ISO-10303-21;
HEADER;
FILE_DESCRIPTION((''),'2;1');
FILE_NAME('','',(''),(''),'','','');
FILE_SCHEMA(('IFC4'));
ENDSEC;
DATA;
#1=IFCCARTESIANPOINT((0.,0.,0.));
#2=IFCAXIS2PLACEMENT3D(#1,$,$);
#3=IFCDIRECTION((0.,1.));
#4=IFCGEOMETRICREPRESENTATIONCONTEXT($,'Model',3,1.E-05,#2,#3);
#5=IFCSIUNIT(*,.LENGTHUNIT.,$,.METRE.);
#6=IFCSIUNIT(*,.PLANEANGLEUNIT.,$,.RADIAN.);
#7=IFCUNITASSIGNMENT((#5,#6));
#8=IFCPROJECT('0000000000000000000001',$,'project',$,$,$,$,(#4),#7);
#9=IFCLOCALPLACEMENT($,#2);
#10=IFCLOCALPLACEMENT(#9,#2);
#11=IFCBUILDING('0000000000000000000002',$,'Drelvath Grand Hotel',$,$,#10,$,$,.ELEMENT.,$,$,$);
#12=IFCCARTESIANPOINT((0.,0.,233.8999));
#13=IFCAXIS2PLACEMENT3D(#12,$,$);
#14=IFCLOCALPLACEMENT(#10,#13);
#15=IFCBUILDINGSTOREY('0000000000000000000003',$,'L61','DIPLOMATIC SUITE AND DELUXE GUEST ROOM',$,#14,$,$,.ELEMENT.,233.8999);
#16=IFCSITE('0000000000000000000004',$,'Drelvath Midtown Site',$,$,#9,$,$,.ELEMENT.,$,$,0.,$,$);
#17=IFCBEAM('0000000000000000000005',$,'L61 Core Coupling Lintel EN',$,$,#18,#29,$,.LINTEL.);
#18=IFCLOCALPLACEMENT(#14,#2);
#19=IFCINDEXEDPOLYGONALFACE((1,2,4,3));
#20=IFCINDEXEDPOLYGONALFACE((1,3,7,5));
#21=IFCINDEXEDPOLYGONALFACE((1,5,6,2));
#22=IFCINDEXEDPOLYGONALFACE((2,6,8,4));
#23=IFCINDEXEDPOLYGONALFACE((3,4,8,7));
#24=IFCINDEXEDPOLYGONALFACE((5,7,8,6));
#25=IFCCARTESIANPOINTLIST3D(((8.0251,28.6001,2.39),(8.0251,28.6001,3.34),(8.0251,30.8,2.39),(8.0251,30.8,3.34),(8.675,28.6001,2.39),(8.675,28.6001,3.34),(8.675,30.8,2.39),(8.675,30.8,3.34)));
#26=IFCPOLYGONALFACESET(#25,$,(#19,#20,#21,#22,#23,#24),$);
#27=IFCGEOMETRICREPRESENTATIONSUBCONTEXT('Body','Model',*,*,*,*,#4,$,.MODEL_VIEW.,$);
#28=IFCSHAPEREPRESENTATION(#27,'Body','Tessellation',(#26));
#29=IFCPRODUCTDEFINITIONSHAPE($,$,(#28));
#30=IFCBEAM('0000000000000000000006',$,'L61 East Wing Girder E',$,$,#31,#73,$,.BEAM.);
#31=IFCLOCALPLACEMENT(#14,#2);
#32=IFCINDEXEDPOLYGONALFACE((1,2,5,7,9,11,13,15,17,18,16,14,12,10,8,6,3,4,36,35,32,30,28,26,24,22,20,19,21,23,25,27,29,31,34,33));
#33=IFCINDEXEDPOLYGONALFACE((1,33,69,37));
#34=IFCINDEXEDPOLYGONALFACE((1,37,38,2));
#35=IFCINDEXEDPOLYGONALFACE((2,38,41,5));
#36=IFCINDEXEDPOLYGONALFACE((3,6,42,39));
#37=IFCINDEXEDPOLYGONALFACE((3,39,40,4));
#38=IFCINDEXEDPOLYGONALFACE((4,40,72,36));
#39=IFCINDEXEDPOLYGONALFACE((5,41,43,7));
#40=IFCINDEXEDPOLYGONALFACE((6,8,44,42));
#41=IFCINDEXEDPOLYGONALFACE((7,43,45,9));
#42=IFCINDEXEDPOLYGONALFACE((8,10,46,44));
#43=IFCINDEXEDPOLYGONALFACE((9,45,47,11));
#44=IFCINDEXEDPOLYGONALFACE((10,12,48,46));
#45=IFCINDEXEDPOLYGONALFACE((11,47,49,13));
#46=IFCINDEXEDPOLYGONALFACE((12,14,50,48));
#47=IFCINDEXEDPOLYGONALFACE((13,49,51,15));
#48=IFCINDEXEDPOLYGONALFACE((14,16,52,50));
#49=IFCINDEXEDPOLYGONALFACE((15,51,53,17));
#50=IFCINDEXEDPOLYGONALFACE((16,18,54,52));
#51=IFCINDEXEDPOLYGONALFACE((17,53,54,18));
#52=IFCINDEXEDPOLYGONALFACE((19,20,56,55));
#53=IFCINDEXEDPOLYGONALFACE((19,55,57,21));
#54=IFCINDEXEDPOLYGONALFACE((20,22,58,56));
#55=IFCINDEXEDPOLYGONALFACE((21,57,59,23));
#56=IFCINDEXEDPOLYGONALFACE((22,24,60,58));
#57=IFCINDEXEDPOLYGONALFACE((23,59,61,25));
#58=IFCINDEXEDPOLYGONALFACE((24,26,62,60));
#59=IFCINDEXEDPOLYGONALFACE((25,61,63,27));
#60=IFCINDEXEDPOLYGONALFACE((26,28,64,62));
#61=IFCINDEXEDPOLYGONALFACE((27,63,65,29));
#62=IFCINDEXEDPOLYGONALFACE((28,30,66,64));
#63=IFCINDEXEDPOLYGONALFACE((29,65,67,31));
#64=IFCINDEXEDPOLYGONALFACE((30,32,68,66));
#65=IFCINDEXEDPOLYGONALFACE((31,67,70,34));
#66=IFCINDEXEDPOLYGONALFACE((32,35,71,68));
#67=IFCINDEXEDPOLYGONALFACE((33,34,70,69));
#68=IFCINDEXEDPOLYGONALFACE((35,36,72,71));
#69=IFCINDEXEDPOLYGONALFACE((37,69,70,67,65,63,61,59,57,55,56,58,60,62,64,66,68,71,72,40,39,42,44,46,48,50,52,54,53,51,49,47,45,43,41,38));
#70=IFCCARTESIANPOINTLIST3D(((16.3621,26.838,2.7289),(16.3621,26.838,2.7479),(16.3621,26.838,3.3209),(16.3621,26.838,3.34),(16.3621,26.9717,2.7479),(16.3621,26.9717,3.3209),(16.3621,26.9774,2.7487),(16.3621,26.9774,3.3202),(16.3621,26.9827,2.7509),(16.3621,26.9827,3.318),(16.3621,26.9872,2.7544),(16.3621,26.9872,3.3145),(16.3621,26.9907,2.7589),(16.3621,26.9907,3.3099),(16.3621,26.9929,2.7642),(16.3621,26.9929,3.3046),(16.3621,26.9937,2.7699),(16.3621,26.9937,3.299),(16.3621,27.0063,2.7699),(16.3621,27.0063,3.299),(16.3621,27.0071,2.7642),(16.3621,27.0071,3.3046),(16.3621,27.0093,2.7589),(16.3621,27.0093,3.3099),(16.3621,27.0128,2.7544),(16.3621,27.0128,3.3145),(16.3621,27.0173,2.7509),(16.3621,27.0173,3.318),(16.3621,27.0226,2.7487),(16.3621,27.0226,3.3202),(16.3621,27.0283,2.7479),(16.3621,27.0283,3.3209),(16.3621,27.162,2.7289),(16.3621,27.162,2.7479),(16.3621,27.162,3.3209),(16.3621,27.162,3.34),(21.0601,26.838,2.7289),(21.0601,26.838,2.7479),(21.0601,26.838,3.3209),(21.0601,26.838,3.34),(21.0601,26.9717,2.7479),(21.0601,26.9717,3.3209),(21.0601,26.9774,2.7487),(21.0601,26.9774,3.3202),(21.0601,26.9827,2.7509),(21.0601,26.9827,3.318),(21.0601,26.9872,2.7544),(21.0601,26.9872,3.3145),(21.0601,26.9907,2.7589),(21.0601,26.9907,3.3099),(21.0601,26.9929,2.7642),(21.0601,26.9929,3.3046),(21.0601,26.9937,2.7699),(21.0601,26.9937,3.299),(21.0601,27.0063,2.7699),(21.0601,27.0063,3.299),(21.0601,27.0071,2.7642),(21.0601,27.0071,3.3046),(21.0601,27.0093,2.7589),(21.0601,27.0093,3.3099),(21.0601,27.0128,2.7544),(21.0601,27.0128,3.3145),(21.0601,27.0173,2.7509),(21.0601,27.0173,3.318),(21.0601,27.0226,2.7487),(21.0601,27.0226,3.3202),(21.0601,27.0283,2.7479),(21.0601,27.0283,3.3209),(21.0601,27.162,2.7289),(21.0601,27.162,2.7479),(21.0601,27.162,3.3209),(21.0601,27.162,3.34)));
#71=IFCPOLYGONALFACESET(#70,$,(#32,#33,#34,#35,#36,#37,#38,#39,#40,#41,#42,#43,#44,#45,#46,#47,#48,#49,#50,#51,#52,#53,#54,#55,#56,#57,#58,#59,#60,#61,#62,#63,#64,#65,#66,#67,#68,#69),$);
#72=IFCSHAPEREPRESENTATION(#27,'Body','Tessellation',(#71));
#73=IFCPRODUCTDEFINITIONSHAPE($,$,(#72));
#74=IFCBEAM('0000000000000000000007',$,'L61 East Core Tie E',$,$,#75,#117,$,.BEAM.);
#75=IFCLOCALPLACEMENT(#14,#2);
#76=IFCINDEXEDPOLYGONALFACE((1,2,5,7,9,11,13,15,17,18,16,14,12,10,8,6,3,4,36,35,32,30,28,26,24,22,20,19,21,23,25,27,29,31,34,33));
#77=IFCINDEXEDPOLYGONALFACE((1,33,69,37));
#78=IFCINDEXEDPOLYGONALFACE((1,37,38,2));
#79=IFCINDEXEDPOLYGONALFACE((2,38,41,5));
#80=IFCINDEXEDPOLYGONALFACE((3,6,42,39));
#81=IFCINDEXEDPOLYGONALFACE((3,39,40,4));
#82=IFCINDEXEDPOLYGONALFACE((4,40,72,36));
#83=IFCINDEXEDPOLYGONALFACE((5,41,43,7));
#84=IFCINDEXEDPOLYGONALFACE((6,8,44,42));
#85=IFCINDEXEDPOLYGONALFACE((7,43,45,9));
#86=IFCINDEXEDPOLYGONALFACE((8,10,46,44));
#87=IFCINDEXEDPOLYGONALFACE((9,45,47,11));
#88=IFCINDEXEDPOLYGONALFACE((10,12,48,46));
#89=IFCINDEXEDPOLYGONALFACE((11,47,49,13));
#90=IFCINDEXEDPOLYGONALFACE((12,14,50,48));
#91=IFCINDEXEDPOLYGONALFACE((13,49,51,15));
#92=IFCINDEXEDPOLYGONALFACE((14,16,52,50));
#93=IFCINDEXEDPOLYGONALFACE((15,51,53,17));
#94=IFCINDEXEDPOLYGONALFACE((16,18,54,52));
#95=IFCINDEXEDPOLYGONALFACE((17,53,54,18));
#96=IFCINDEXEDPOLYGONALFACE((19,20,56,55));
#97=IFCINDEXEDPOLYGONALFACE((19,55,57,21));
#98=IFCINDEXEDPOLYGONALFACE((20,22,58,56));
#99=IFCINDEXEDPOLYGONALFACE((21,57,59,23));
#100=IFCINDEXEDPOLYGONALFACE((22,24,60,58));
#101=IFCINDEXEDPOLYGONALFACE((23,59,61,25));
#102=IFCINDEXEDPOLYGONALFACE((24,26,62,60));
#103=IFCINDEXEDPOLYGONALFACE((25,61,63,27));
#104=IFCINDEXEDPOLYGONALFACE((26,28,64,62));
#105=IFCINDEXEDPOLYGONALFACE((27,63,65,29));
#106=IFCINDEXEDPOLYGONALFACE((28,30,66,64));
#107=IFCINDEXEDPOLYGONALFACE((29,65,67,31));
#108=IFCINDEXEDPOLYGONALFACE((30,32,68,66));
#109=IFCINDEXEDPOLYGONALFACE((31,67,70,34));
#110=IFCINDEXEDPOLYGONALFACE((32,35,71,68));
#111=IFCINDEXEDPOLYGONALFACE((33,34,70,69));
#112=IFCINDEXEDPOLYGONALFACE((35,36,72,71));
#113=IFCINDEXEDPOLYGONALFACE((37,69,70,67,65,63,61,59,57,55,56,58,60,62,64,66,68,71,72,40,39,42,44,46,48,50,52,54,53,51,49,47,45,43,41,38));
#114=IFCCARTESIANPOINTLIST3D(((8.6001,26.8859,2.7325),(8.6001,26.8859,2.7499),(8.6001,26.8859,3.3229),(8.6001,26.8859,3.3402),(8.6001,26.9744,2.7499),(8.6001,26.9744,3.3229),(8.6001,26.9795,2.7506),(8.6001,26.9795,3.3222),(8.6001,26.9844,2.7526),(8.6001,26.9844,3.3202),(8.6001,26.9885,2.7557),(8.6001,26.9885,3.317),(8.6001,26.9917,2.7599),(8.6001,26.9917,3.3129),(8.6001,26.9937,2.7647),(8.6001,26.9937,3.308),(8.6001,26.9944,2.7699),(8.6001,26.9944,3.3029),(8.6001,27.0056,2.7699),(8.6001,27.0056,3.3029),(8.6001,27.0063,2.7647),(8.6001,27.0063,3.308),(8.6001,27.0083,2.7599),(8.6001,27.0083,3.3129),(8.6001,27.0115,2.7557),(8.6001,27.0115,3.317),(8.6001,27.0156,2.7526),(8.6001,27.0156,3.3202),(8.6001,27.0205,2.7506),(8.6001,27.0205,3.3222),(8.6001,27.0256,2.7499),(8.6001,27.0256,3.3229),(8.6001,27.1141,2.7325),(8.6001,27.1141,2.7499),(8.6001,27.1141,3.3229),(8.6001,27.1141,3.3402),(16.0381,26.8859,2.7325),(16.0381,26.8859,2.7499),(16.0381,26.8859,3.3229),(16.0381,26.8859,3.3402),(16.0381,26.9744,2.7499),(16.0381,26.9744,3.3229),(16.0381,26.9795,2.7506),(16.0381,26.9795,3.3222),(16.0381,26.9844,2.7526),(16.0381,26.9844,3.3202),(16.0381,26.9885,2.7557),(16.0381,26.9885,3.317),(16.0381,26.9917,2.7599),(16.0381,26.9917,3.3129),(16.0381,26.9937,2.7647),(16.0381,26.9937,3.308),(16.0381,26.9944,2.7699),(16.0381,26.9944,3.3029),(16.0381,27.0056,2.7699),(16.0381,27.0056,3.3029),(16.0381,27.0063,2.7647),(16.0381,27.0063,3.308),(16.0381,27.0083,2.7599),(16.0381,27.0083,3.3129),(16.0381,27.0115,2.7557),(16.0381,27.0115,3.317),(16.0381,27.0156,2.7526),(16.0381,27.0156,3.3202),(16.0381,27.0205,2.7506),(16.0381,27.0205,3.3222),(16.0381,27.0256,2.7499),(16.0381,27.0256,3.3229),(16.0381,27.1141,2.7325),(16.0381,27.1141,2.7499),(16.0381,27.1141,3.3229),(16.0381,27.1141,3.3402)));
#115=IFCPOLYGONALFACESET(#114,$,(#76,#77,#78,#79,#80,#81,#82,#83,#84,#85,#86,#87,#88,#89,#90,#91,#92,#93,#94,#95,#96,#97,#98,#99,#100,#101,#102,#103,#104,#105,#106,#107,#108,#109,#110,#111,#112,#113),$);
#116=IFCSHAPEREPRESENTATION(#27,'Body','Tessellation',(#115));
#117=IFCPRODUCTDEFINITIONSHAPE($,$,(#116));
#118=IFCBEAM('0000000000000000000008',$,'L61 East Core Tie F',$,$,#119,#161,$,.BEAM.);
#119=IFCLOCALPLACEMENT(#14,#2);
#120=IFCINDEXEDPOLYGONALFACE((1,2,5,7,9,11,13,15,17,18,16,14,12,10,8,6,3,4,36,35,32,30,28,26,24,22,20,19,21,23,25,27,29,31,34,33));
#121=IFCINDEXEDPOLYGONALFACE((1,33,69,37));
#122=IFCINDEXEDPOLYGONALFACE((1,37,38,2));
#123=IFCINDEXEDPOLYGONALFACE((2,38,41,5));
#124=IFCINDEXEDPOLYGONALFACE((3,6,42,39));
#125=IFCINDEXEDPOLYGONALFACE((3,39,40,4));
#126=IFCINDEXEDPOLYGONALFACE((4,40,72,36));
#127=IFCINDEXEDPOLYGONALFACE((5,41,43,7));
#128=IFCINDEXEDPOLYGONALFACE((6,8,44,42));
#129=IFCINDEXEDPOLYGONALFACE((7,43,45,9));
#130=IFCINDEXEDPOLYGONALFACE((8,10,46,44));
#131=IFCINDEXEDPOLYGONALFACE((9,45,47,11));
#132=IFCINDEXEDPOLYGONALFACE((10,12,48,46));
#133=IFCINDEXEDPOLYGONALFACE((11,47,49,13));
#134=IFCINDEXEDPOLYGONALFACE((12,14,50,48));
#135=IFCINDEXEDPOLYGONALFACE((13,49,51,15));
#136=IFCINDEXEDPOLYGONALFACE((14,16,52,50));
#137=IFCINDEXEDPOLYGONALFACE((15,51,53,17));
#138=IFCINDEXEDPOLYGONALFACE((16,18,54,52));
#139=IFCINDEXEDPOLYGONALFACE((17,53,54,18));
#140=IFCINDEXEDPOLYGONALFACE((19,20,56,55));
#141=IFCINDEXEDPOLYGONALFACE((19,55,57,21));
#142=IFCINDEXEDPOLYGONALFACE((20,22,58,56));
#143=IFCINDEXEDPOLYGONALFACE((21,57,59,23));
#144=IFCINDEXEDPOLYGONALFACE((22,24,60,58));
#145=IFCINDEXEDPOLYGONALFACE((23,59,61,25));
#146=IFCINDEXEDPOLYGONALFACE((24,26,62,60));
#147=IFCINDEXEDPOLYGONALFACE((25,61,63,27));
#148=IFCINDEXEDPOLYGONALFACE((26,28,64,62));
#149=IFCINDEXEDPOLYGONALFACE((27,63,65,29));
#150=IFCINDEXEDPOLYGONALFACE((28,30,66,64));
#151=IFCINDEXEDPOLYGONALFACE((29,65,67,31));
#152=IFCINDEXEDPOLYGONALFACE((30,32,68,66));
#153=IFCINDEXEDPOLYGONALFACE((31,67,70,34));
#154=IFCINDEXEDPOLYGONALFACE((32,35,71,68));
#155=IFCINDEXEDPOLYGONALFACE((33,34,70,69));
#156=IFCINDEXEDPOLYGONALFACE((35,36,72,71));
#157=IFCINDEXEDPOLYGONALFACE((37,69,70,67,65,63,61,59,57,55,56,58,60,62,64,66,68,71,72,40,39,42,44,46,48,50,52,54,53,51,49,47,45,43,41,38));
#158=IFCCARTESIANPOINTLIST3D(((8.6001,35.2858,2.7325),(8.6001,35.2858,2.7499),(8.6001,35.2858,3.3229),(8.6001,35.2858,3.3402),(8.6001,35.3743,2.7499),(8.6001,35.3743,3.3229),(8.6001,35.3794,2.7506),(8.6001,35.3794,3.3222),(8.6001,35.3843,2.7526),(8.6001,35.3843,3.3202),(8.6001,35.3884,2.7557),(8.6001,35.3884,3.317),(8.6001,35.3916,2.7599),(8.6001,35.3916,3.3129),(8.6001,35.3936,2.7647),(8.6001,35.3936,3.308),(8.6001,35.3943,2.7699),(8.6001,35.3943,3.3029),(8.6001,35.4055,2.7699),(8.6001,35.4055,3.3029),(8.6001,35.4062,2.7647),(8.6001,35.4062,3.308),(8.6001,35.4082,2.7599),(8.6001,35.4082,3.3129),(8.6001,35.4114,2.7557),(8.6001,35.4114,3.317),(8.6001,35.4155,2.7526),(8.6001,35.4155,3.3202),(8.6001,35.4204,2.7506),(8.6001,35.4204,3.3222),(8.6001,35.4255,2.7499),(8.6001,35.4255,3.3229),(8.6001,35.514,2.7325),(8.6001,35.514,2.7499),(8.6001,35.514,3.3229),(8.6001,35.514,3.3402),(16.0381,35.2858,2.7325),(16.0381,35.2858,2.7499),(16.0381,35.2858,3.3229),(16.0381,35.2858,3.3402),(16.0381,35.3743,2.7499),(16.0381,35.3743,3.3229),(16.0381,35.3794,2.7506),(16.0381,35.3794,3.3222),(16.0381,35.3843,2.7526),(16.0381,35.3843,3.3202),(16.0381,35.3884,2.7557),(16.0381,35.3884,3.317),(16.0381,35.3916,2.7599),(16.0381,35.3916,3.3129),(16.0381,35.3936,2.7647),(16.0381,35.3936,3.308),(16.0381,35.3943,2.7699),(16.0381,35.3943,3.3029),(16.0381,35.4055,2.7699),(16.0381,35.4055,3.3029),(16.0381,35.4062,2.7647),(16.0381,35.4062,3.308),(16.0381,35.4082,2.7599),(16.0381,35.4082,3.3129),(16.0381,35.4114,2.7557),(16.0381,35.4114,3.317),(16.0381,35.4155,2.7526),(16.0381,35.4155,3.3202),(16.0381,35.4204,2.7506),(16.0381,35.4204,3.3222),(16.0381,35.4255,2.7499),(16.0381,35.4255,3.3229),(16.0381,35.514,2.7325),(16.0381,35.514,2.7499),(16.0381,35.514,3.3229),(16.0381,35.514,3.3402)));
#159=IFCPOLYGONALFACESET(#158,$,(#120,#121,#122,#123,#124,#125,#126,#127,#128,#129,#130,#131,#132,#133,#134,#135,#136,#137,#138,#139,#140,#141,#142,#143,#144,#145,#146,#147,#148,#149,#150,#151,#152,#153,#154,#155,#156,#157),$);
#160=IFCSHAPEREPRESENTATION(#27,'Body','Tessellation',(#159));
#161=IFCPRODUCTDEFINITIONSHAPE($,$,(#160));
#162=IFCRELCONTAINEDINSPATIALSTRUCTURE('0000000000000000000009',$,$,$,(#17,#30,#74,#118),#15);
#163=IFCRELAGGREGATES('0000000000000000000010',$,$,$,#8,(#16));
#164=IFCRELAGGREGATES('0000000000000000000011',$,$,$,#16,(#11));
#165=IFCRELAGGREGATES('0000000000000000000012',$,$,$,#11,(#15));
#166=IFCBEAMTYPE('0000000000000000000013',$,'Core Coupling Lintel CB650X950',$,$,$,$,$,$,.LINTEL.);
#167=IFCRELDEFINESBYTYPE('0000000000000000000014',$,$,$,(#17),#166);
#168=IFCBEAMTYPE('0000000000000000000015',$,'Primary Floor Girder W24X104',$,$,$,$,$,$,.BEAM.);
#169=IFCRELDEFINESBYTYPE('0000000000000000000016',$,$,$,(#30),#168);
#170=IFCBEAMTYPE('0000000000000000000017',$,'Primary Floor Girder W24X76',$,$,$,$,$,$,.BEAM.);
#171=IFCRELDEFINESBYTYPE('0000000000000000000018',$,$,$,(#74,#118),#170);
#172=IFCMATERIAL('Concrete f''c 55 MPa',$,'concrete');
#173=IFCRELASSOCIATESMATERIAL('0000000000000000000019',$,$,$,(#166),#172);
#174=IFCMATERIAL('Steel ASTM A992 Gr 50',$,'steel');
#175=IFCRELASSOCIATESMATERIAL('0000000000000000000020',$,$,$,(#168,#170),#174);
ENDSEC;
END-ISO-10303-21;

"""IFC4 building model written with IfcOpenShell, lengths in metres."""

from ifc_helpers import new_model, si_unit, direction, frame, origin, origin_2d, place, context, subcontext, project, spatial, rectangle, i_section, extrude, material, material_profile, profile_set, type_object, element, save


model = new_model("IFC4")

# Units and contexts
model_context = context("Model", 3, precision=1e-05, world=origin(), true_north=direction((0.0, 1.0)))
body_context = subcontext(model_context, "Body", "Model", "MODEL_VIEW")
ifc_project = project(units=[si_unit("LENGTHUNIT", "METRE"), si_unit("PLANEANGLEUNIT", "RADIAN")], contexts=[model_context])

# Site, building, storey
site_placement = place(None, origin())
site = spatial("IfcSite", under=ifc_project, at=site_placement, Name="Drelvath Midtown Site", CompositionType="ELEMENT", RefElevation=0.0)
building_placement = place(site_placement, origin())
building = spatial("IfcBuilding", under=site, at=building_placement, Name="Drelvath Grand Hotel", CompositionType="ELEMENT")
storey_placement = place(building_placement, frame((0.0, 0.0, 233.8999)))
storey = spatial("IfcBuildingStorey", under=building, at=storey_placement, Name="L61", Description="DIPLOMATIC SUITE AND DELUXE GUEST ROOM", CompositionType="ELEMENT", Elevation=233.8999)

# Beams
ifc_material_1 = material(Name="Concrete f'c 55 MPa", Category="concrete")
ifc_material_profile_1 = material_profile(ifc_material_1, rectangle(XDim=0.6499, YDim=0.95, at=origin_2d()), Name="CB650X950")
ifc_profile_set_1 = profile_set([ifc_material_profile_1], Name="Concrete f'c 55 MPa")
beam_type_1 = type_object("IfcBeamType", Name="Core Coupling Lintel CB650X950", PredefinedType="LINTEL", material=ifc_profile_set_1)
beam_1_placement = place(storey_placement, frame((8.3501, 28.6001, 2.865), z_axis=(0.0, 1.0, 0.0), x_axis=(-1.0, 0.0, 0.0)))
element("IfcBeam", 1, at=beam_1_placement, inside=storey, type_object=beam_type_1, Name="L61 Core Coupling Lintel EN", PredefinedType="LINTEL", context=body_context, shape_type="SweptSolid", body=[
    extrude(rectangle(XDim=0.6499, YDim=0.95, at=origin_2d()), origin(), (0.0, 0.0, 1.0), 2.2),
])
ifc_material_2 = material(Name="Steel ASTM A992 Gr 50", Category="steel")
ifc_material_profile_2 = material_profile(ifc_material_2, i_section(OverallWidth=0.324, OverallDepth=0.6111, WebThickness=0.0127, FlangeThickness=0.019, FilletRadius=0.022, at=origin_2d()), Name="W24X104")
ifc_profile_set_2 = profile_set([ifc_material_profile_2], Name="Steel ASTM A992 Gr 50")
beam_type_2 = type_object("IfcBeamType", Name="Primary Floor Girder W24X104", PredefinedType="BEAM", material=ifc_profile_set_2)
beam_2_placement = place(storey_placement, frame((16.3621, 27.0, 3.0344), z_axis=(1.0, 0.0, 0.0), x_axis=(0.0, 1.0, 0.0)))
element("IfcBeam", 2, at=beam_2_placement, inside=storey, type_object=beam_type_2, Name="L61 East Wing Girder E", PredefinedType="BEAM", context=body_context, shape_type="SweptSolid", body=[
    extrude(i_section(OverallWidth=0.324, OverallDepth=0.6111, WebThickness=0.0127, FlangeThickness=0.019, FilletRadius=0.022, at=origin_2d()), origin(), (0.0, 0.0, 1.0), 4.698),
])
ifc_material_profile_3 = material_profile(ifc_material_2, i_section(OverallWidth=0.2283, OverallDepth=0.6077, WebThickness=0.0112, FlangeThickness=0.0173, FilletRadius=0.02, at=origin_2d()), Name="W24X76")
ifc_profile_set_3 = profile_set([ifc_material_profile_3], Name="Steel ASTM A992 Gr 50")
beam_type_3 = type_object("IfcBeamType", Name="Primary Floor Girder W24X76", PredefinedType="BEAM", material=ifc_profile_set_3)
for number, where, z_axis, x_axis, name in (
    (3, (8.6001, 27.0, 3.0364), (1.0, 0.0, 0.0), (0.0, 1.0, 0.0), "L61 East Core Tie E"),
    (4, (8.6001, 35.3999, 3.0364), (1.0, 0.0, 0.0), (0.0, 1.0, 0.0), "L61 East Core Tie F"),
):
    element("IfcBeam", number, at=place(storey_placement, frame(where, z_axis=z_axis, x_axis=x_axis)), inside=storey, type_object=beam_type_3, Name=name, PredefinedType="BEAM", context=body_context, shape_type="SweptSolid", body=[
        extrude(i_section(OverallWidth=0.2283, OverallDepth=0.6077, WebThickness=0.0112, FlangeThickness=0.0173, FilletRadius=0.02, at=origin_2d()), origin(), (0.0, 0.0, 1.0), 7.438),
    ])

save(model, "model.ifc")
